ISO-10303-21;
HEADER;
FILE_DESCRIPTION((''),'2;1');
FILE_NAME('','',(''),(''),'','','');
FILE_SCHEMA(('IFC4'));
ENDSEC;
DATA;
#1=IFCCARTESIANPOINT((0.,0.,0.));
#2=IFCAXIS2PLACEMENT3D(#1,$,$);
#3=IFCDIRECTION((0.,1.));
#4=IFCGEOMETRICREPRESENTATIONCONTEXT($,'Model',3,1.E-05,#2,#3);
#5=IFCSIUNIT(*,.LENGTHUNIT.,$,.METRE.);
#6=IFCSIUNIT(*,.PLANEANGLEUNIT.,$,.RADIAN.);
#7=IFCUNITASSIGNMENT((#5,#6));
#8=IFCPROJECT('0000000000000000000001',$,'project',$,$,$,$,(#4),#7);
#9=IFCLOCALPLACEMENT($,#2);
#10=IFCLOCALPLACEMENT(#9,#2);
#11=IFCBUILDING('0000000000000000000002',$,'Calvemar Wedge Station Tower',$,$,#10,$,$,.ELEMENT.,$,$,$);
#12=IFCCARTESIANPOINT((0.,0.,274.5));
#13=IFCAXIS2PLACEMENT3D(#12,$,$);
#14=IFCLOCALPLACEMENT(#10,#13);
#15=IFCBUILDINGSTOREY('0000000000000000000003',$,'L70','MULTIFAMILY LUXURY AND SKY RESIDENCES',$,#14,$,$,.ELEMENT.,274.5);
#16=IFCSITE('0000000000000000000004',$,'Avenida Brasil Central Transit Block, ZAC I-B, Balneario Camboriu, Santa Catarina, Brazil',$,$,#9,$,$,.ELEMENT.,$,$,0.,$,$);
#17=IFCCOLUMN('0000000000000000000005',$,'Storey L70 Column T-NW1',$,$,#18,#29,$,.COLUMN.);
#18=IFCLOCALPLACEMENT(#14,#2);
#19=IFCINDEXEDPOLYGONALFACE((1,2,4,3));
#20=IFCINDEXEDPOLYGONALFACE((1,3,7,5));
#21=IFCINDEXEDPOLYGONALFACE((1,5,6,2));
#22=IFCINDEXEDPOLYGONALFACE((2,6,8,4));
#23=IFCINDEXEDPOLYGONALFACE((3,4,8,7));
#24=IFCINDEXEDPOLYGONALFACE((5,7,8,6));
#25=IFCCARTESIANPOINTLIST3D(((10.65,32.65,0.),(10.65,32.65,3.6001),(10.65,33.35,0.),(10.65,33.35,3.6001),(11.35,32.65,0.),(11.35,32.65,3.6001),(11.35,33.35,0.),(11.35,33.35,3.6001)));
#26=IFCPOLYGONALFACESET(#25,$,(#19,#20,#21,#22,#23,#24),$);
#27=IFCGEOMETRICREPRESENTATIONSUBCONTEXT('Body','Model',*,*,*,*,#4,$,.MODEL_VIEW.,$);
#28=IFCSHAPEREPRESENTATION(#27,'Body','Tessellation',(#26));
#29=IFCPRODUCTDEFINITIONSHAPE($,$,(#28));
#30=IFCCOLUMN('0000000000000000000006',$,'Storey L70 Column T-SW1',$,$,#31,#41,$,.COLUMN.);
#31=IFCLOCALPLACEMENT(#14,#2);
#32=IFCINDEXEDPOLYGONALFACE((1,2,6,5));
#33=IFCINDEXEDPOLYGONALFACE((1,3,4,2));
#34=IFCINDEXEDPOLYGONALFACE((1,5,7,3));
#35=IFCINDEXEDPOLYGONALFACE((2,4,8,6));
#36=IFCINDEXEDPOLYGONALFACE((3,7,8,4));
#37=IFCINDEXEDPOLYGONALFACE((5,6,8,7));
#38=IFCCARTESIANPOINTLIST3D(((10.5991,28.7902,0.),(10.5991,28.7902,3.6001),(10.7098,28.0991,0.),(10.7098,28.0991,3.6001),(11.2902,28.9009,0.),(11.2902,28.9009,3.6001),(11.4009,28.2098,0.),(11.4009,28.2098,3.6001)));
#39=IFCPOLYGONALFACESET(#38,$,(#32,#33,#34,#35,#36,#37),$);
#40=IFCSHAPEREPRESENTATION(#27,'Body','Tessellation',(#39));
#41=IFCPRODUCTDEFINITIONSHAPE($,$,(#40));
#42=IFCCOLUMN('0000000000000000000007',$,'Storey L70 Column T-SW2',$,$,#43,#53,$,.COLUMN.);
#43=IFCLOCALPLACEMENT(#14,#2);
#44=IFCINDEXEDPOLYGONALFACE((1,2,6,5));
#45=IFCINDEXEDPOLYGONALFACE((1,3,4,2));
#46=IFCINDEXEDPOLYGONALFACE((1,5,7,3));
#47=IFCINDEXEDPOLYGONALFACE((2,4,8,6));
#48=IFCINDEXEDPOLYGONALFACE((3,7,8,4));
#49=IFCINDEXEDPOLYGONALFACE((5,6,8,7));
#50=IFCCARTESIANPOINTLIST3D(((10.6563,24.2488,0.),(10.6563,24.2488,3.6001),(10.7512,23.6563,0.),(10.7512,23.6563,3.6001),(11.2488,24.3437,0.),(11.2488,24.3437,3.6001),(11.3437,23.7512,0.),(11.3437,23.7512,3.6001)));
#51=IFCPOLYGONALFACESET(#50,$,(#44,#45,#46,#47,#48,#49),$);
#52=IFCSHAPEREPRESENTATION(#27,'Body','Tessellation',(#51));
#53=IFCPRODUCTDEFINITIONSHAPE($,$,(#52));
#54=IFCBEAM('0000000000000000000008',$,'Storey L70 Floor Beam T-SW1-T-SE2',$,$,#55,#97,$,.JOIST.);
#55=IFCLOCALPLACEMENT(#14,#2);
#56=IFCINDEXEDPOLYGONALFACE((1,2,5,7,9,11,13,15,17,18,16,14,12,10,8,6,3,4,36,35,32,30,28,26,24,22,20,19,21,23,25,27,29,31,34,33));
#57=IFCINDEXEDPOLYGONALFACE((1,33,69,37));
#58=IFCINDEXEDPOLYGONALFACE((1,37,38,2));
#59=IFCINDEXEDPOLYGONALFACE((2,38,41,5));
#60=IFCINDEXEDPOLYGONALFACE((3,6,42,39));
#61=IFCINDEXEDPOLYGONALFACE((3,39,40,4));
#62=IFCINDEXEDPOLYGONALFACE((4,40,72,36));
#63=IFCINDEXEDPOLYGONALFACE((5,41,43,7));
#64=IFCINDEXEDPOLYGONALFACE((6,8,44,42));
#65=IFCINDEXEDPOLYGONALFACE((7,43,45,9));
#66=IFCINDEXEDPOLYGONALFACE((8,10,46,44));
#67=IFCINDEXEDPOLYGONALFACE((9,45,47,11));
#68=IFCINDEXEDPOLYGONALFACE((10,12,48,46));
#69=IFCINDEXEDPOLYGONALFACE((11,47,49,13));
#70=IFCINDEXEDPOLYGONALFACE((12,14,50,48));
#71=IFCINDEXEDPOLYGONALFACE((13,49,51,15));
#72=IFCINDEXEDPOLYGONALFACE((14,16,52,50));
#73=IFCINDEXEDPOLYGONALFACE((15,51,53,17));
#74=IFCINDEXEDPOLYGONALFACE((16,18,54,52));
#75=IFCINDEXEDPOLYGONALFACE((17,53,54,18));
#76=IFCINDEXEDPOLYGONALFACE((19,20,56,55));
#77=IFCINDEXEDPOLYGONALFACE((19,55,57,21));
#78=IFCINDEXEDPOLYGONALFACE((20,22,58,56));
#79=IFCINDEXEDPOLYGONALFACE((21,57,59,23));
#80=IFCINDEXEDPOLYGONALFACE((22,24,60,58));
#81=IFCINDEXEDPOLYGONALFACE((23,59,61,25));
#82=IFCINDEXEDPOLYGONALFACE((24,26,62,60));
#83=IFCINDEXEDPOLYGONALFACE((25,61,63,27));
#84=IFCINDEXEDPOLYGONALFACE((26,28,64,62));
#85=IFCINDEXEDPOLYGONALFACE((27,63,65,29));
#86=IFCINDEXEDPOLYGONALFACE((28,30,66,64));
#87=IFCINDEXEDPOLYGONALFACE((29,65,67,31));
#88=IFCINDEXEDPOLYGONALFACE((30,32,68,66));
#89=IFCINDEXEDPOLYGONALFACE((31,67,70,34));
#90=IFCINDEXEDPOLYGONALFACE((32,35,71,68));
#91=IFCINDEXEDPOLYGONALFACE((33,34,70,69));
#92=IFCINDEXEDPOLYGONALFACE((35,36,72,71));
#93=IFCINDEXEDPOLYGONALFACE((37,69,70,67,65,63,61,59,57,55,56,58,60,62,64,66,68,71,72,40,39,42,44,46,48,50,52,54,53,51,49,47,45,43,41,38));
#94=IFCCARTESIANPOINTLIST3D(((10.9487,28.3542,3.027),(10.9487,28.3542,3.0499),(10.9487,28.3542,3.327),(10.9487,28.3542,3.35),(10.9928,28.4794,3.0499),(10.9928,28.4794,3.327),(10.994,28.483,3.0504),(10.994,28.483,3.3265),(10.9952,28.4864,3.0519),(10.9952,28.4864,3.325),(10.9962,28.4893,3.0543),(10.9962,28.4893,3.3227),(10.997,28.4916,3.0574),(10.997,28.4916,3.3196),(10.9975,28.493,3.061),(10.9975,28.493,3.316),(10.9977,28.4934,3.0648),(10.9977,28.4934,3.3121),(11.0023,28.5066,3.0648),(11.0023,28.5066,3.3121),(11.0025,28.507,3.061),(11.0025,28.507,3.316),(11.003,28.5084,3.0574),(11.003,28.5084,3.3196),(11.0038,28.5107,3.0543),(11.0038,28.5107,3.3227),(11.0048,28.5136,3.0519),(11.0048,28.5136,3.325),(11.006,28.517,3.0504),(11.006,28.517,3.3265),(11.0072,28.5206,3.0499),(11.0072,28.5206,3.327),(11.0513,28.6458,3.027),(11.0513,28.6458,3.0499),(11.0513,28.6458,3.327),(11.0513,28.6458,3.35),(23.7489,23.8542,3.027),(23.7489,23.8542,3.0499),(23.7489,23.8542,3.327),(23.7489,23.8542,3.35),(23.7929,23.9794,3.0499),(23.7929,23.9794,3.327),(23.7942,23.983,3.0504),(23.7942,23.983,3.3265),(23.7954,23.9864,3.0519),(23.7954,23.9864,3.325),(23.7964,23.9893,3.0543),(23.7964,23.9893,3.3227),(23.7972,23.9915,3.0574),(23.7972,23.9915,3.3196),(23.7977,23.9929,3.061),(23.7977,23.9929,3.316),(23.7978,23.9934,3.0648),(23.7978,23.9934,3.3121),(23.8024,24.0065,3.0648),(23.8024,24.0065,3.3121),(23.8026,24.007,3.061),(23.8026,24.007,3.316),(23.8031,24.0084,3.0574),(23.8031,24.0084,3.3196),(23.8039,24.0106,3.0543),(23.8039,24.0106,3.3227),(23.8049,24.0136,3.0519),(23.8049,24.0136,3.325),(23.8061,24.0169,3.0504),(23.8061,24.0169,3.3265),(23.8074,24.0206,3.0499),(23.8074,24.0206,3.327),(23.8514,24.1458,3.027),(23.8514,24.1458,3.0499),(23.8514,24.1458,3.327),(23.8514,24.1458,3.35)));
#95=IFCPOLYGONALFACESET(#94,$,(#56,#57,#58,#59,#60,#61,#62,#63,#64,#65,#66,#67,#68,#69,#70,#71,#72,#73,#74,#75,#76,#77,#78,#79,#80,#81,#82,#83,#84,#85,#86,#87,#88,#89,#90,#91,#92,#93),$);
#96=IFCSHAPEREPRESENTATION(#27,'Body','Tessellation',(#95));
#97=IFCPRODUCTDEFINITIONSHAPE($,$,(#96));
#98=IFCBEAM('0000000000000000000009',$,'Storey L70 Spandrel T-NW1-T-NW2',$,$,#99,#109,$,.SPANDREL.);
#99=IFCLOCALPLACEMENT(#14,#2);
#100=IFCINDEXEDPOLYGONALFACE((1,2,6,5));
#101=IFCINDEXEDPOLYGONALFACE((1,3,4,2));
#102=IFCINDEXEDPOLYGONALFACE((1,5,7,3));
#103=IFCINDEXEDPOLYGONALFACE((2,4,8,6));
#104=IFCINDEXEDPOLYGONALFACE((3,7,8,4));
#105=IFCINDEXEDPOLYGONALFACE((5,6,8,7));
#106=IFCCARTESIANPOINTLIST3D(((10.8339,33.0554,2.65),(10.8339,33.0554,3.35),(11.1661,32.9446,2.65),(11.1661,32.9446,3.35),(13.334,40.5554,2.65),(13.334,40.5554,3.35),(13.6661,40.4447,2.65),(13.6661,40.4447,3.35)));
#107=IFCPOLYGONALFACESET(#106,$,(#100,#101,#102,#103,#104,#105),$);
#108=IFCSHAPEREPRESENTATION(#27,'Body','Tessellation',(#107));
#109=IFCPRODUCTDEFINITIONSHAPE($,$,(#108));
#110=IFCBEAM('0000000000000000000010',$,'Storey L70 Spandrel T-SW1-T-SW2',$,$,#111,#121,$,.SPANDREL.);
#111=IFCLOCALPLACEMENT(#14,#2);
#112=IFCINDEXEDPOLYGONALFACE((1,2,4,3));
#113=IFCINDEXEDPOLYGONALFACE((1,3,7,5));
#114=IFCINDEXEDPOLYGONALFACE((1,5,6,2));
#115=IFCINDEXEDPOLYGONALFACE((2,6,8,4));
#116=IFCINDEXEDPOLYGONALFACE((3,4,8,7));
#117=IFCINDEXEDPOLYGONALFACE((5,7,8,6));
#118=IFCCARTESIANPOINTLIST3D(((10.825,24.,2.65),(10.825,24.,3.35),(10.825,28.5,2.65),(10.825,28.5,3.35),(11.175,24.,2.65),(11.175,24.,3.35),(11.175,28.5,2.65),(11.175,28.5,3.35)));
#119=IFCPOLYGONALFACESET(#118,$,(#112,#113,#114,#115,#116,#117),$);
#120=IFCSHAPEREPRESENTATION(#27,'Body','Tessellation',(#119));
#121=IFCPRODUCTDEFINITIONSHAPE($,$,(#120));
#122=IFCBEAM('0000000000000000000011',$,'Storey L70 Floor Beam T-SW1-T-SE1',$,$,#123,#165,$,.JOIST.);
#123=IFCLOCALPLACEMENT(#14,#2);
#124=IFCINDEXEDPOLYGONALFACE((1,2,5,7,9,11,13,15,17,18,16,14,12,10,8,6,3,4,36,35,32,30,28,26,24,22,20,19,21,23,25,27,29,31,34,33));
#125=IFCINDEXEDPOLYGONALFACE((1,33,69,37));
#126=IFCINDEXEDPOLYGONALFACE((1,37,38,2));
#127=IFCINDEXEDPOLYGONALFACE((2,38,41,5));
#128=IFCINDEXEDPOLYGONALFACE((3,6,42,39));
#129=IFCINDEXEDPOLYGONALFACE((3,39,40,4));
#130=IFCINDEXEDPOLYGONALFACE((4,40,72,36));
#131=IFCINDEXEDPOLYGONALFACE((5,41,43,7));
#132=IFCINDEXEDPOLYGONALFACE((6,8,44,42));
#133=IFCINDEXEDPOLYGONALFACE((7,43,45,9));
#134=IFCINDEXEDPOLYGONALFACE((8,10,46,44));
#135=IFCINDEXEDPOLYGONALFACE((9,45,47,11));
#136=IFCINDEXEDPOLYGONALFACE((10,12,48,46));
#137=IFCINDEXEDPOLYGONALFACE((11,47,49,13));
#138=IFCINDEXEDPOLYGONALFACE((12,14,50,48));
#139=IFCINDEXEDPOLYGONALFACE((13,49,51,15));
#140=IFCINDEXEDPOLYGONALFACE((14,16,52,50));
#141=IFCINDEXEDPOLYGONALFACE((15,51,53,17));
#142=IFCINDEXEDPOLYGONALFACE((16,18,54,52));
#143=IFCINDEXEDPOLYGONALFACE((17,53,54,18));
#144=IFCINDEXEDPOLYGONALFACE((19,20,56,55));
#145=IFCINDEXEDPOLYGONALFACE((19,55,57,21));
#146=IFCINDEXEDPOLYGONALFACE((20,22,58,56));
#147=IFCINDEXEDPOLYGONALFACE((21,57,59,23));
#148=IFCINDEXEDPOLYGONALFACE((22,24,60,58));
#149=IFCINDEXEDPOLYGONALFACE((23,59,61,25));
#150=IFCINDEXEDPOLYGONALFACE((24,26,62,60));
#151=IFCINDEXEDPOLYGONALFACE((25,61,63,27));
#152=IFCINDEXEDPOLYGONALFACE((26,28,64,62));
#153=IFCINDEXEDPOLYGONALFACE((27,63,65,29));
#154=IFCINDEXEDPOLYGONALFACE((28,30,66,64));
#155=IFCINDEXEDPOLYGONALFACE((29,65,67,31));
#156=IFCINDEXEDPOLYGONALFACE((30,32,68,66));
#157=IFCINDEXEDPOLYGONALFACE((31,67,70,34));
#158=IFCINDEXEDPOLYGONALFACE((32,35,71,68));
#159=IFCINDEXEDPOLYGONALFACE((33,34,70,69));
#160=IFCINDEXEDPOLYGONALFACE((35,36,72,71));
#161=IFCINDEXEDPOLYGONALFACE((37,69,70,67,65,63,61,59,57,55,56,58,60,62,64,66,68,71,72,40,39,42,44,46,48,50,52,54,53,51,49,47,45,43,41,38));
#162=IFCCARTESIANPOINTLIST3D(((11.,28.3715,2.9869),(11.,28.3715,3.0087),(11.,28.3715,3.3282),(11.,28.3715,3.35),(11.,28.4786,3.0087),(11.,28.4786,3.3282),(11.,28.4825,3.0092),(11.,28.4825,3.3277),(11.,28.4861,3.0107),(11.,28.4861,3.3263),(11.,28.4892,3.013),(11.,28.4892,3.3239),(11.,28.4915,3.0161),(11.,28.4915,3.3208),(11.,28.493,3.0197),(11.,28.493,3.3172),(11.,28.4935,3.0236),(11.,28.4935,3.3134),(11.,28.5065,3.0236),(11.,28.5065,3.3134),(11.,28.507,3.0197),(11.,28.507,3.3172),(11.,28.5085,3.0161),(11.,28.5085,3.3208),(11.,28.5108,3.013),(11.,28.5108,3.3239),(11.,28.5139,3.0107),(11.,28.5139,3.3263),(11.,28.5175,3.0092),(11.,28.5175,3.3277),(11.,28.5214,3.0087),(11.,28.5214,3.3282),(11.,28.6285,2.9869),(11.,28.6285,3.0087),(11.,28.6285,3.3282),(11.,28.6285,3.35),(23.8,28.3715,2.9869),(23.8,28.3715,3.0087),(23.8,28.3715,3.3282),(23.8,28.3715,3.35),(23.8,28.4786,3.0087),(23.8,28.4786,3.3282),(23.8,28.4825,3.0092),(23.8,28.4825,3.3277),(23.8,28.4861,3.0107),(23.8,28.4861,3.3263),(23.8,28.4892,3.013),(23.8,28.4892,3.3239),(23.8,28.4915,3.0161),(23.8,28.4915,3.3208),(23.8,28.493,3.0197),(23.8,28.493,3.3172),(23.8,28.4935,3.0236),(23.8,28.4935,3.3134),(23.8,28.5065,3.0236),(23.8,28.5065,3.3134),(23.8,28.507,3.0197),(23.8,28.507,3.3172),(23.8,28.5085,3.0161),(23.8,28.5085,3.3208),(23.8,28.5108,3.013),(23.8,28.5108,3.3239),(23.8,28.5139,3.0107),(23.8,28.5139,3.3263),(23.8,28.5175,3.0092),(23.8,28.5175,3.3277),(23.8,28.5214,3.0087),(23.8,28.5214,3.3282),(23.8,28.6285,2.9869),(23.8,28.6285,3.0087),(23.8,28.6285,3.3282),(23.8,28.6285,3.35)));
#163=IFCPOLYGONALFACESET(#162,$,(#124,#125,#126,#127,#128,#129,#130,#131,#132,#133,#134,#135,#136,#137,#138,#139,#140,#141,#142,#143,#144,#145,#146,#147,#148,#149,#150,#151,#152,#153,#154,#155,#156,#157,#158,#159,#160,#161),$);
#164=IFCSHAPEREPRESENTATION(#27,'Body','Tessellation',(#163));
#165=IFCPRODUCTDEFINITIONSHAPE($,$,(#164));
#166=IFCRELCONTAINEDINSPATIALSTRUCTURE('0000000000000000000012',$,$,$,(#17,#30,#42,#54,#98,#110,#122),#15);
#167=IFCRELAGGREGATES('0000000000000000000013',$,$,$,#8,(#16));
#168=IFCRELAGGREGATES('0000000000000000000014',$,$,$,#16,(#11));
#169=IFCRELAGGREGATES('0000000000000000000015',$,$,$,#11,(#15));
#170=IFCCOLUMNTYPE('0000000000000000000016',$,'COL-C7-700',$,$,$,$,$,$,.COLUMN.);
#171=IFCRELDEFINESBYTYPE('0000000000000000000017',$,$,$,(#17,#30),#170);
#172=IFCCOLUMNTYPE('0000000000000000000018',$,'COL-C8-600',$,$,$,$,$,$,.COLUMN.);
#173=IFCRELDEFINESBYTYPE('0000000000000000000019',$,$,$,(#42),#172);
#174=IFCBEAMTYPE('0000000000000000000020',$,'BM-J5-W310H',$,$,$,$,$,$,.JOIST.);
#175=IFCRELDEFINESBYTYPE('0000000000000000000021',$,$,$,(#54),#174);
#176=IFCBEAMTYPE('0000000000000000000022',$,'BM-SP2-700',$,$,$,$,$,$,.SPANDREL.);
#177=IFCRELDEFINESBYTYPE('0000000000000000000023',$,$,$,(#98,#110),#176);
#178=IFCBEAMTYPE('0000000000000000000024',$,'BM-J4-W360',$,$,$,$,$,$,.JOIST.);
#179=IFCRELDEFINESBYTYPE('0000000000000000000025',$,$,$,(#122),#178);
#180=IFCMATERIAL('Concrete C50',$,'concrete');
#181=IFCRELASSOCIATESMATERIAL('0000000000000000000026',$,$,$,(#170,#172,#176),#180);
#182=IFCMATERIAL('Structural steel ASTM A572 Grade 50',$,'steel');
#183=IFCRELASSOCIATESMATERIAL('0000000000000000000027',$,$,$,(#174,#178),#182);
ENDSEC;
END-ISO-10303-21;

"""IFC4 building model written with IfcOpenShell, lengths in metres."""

from ifc_helpers import new_model, si_unit, direction, frame, origin, origin_2d, place, context, subcontext, project, spatial, rectangle, i_section, extrude, source, transform, mapped, material, material_profile, profile_set, type_object, element, save


model = new_model("IFC4")

# Units and contexts
model_context = context("Model", 3, precision=1e-05, world=origin(), true_north=direction((0.0, 1.0)))
body_context = subcontext(model_context, "Body", "Model", "MODEL_VIEW")
ifc_project = project(units=[si_unit("LENGTHUNIT", "METRE"), si_unit("PLANEANGLEUNIT", "RADIAN")], contexts=[model_context])

# Site, building, storey
site_placement = place(None, origin())
site = spatial("IfcSite", under=ifc_project, at=site_placement, Name="Avenida Brasil Central Transit Block, ZAC I-B, Balneario Camboriu, Santa Catarina, Brazil", CompositionType="ELEMENT", RefElevation=0.0)
building_placement = place(site_placement, origin())
building = spatial("IfcBuilding", under=site, at=building_placement, Name="Calvemar Wedge Station Tower", CompositionType="ELEMENT")
storey_placement = place(building_placement, frame((0.0, 0.0, 274.5)))
storey = spatial("IfcBuildingStorey", under=building, at=storey_placement, Name="L70", Description="MULTIFAMILY LUXURY AND SKY RESIDENCES", CompositionType="ELEMENT", Elevation=274.5)

# Columns
ifc_material_1 = material(Name="Concrete C50", Category="concrete")
ifc_material_profile_1 = material_profile(ifc_material_1, rectangle(XDim=0.7, YDim=0.7, at=origin_2d()), Name="RC700x700")
ifc_profile_set_1 = profile_set([ifc_material_profile_1], Name="Concrete C50")
column_type_1 = type_object("IfcColumnType", Name="COL-C7-700", PredefinedType="COLUMN", material=ifc_profile_set_1)
shared_shape_1 = source(origin(), body_context, "Body", "SweptSolid", [
    extrude(rectangle(XDim=0.7, YDim=0.7, at=origin_2d()), origin(), (0.0, 0.0, 1.0), 3.6001),
])
for number, where, z_axis, x_axis, name in (
    (1, (11.0, 33.0, 0.0), (0.0, 0.0, 1.0), (1.0, 0.0, 0.0), "Storey L70 Column T-NW1"),
    (2, (11.0, 28.5, 0.0), (0.0, 0.0, 1.0), (0.158158, -0.987414, 0.0), "Storey L70 Column T-SW1"),
):
    element("IfcColumn", number, at=place(storey_placement, frame(where, z_axis=z_axis, x_axis=x_axis)), inside=storey, type_object=column_type_1, Name=name, PredefinedType="COLUMN", context=body_context, shape_type="MappedRepresentation", body=[
        mapped(shared_shape_1, transform((0.0, 0.0, 0.0), scale=1.0)),
    ])
ifc_material_profile_2 = material_profile(ifc_material_1, rectangle(XDim=0.6001, YDim=0.6001, at=origin_2d()), Name="RC600x600")
ifc_profile_set_2 = profile_set([ifc_material_profile_2], Name="Concrete C50")
column_type_2 = type_object("IfcColumnType", Name="COL-C8-600", PredefinedType="COLUMN", material=ifc_profile_set_2)
shared_shape_2 = source(origin(), body_context, "Body", "SweptSolid", [
    extrude(rectangle(XDim=0.6001, YDim=0.6001, at=origin_2d()), origin(), (0.0, 0.0, 1.0), 3.6001),
])
column_placement = place(storey_placement, frame((11.0, 24.0, 0.0), z_axis=(0.0, 0.0, 1.0), x_axis=(0.158158, -0.987414, 0.0)))
element("IfcColumn", 3, at=column_placement, inside=storey, type_object=column_type_2, Name="Storey L70 Column T-SW2", PredefinedType="COLUMN", context=body_context, shape_type="MappedRepresentation", body=[
    mapped(shared_shape_2, transform((0.0, 0.0, 0.0), scale=1.0)),
])

# Beams
ifc_material_2 = material(Name="Structural steel ASTM A572 Grade 50", Category="steel")
ifc_material_profile_3 = material_profile(ifc_material_2, i_section(OverallWidth=0.3091, OverallDepth=0.323, WebThickness=0.0139, FlangeThickness=0.0229, FilletRadius=0.0149, at=origin_2d()), Name="W310x143")
ifc_profile_set_3 = profile_set([ifc_material_profile_3], Name="Structural steel ASTM A572 Grade 50")
beam_type_1 = type_object("IfcBeamType", Name="BM-J5-W310H", PredefinedType="JOIST", material=ifc_profile_set_3)
shared_shape_3 = source(origin(), body_context, "Body", "SweptSolid", [
    extrude(i_section(OverallWidth=0.3091, OverallDepth=0.323, WebThickness=0.0139, FlangeThickness=0.0229, FilletRadius=0.0149, at=origin_2d()), origin(), (0.0, 0.0, 1.0), 13.5681),
])
beam_1_placement = place(storey_placement, frame((11.0, 28.5, 3.1885), z_axis=(0.943398, -0.331662, 0.0), x_axis=(0.331662, 0.943398, 0.0)))
element("IfcBeam", 4, at=beam_1_placement, inside=storey, type_object=beam_type_1, Name="Storey L70 Floor Beam T-SW1-T-SE2", PredefinedType="JOIST", context=body_context, shape_type="MappedRepresentation", body=[
    mapped(shared_shape_3, transform((0.0, 0.0, 0.0), scale=1.0)),
])
ifc_material_profile_4 = material_profile(ifc_material_1, rectangle(XDim=0.3501, YDim=0.7, at=origin_2d()), Name="RC350x700")
ifc_profile_set_4 = profile_set([ifc_material_profile_4], Name="Concrete C50")
beam_type_2 = type_object("IfcBeamType", Name="BM-SP2-700", PredefinedType="SPANDREL", material=ifc_profile_set_4)
shared_shape_4 = source(origin(), body_context, "Body", "SweptSolid", [
    extrude(rectangle(XDim=0.3501, YDim=0.7, at=origin_2d()), origin(), (0.0, 0.0, 1.0), 7.9058),
])
beam_2_placement = place(storey_placement, frame((11.0, 33.0, 3.0), z_axis=(0.316228, 0.948683, 0.0), x_axis=(-0.948683, 0.316228, 0.0)))
element("IfcBeam", 5, at=beam_2_placement, inside=storey, type_object=beam_type_2, Name="Storey L70 Spandrel T-NW1-T-NW2", PredefinedType="SPANDREL", context=body_context, shape_type="MappedRepresentation", body=[
    mapped(shared_shape_4, transform((0.0, 0.0, 0.0), scale=1.0)),
])
shared_shape_5 = source(origin(), body_context, "Body", "SweptSolid", [
    extrude(rectangle(XDim=0.3501, YDim=0.7, at=origin_2d()), origin(), (0.0, 0.0, 1.0), 4.5),
])
beam_3_placement = place(storey_placement, frame((11.0, 28.5, 3.0), z_axis=(0.0, -1.0, 0.0), x_axis=(1.0, 0.0, 0.0)))
element("IfcBeam", 6, at=beam_3_placement, inside=storey, type_object=beam_type_2, Name="Storey L70 Spandrel T-SW1-T-SW2", PredefinedType="SPANDREL", context=body_context, shape_type="MappedRepresentation", body=[
    mapped(shared_shape_5, transform((0.0, 0.0, 0.0), scale=1.0)),
])
ifc_material_profile_5 = material_profile(ifc_material_2, i_section(OverallWidth=0.2571, OverallDepth=0.363, WebThickness=0.0129, FlangeThickness=0.0217, FilletRadius=0.0149, at=origin_2d()), Name="W360x122")
ifc_profile_set_5 = profile_set([ifc_material_profile_5], Name="Structural steel ASTM A572 Grade 50")
beam_type_3 = type_object("IfcBeamType", Name="BM-J4-W360", PredefinedType="JOIST", material=ifc_profile_set_5)
shared_shape_6 = source(origin(), body_context, "Body", "SweptSolid", [
    extrude(i_section(OverallWidth=0.2571, OverallDepth=0.363, WebThickness=0.0129, FlangeThickness=0.0217, FilletRadius=0.0149, at=origin_2d()), origin(), (0.0, 0.0, 1.0), 12.8),
])
for number, where, z_axis, x_axis, name in (
    (7, (11.0, 28.5, 3.1685), (1.0, 0.0, 0.0), (0.0, 1.0, 0.0), "Storey L70 Floor Beam T-SW1-T-SE1"),
):
    element("IfcBeam", number, at=place(storey_placement, frame(where, z_axis=z_axis, x_axis=x_axis)), inside=storey, type_object=beam_type_3, Name=name, PredefinedType="JOIST", context=body_context, shape_type="MappedRepresentation", body=[
        mapped(shared_shape_6, transform((0.0, 0.0, 0.0), scale=1.0)),
    ])

save(model, "model.ifc")
